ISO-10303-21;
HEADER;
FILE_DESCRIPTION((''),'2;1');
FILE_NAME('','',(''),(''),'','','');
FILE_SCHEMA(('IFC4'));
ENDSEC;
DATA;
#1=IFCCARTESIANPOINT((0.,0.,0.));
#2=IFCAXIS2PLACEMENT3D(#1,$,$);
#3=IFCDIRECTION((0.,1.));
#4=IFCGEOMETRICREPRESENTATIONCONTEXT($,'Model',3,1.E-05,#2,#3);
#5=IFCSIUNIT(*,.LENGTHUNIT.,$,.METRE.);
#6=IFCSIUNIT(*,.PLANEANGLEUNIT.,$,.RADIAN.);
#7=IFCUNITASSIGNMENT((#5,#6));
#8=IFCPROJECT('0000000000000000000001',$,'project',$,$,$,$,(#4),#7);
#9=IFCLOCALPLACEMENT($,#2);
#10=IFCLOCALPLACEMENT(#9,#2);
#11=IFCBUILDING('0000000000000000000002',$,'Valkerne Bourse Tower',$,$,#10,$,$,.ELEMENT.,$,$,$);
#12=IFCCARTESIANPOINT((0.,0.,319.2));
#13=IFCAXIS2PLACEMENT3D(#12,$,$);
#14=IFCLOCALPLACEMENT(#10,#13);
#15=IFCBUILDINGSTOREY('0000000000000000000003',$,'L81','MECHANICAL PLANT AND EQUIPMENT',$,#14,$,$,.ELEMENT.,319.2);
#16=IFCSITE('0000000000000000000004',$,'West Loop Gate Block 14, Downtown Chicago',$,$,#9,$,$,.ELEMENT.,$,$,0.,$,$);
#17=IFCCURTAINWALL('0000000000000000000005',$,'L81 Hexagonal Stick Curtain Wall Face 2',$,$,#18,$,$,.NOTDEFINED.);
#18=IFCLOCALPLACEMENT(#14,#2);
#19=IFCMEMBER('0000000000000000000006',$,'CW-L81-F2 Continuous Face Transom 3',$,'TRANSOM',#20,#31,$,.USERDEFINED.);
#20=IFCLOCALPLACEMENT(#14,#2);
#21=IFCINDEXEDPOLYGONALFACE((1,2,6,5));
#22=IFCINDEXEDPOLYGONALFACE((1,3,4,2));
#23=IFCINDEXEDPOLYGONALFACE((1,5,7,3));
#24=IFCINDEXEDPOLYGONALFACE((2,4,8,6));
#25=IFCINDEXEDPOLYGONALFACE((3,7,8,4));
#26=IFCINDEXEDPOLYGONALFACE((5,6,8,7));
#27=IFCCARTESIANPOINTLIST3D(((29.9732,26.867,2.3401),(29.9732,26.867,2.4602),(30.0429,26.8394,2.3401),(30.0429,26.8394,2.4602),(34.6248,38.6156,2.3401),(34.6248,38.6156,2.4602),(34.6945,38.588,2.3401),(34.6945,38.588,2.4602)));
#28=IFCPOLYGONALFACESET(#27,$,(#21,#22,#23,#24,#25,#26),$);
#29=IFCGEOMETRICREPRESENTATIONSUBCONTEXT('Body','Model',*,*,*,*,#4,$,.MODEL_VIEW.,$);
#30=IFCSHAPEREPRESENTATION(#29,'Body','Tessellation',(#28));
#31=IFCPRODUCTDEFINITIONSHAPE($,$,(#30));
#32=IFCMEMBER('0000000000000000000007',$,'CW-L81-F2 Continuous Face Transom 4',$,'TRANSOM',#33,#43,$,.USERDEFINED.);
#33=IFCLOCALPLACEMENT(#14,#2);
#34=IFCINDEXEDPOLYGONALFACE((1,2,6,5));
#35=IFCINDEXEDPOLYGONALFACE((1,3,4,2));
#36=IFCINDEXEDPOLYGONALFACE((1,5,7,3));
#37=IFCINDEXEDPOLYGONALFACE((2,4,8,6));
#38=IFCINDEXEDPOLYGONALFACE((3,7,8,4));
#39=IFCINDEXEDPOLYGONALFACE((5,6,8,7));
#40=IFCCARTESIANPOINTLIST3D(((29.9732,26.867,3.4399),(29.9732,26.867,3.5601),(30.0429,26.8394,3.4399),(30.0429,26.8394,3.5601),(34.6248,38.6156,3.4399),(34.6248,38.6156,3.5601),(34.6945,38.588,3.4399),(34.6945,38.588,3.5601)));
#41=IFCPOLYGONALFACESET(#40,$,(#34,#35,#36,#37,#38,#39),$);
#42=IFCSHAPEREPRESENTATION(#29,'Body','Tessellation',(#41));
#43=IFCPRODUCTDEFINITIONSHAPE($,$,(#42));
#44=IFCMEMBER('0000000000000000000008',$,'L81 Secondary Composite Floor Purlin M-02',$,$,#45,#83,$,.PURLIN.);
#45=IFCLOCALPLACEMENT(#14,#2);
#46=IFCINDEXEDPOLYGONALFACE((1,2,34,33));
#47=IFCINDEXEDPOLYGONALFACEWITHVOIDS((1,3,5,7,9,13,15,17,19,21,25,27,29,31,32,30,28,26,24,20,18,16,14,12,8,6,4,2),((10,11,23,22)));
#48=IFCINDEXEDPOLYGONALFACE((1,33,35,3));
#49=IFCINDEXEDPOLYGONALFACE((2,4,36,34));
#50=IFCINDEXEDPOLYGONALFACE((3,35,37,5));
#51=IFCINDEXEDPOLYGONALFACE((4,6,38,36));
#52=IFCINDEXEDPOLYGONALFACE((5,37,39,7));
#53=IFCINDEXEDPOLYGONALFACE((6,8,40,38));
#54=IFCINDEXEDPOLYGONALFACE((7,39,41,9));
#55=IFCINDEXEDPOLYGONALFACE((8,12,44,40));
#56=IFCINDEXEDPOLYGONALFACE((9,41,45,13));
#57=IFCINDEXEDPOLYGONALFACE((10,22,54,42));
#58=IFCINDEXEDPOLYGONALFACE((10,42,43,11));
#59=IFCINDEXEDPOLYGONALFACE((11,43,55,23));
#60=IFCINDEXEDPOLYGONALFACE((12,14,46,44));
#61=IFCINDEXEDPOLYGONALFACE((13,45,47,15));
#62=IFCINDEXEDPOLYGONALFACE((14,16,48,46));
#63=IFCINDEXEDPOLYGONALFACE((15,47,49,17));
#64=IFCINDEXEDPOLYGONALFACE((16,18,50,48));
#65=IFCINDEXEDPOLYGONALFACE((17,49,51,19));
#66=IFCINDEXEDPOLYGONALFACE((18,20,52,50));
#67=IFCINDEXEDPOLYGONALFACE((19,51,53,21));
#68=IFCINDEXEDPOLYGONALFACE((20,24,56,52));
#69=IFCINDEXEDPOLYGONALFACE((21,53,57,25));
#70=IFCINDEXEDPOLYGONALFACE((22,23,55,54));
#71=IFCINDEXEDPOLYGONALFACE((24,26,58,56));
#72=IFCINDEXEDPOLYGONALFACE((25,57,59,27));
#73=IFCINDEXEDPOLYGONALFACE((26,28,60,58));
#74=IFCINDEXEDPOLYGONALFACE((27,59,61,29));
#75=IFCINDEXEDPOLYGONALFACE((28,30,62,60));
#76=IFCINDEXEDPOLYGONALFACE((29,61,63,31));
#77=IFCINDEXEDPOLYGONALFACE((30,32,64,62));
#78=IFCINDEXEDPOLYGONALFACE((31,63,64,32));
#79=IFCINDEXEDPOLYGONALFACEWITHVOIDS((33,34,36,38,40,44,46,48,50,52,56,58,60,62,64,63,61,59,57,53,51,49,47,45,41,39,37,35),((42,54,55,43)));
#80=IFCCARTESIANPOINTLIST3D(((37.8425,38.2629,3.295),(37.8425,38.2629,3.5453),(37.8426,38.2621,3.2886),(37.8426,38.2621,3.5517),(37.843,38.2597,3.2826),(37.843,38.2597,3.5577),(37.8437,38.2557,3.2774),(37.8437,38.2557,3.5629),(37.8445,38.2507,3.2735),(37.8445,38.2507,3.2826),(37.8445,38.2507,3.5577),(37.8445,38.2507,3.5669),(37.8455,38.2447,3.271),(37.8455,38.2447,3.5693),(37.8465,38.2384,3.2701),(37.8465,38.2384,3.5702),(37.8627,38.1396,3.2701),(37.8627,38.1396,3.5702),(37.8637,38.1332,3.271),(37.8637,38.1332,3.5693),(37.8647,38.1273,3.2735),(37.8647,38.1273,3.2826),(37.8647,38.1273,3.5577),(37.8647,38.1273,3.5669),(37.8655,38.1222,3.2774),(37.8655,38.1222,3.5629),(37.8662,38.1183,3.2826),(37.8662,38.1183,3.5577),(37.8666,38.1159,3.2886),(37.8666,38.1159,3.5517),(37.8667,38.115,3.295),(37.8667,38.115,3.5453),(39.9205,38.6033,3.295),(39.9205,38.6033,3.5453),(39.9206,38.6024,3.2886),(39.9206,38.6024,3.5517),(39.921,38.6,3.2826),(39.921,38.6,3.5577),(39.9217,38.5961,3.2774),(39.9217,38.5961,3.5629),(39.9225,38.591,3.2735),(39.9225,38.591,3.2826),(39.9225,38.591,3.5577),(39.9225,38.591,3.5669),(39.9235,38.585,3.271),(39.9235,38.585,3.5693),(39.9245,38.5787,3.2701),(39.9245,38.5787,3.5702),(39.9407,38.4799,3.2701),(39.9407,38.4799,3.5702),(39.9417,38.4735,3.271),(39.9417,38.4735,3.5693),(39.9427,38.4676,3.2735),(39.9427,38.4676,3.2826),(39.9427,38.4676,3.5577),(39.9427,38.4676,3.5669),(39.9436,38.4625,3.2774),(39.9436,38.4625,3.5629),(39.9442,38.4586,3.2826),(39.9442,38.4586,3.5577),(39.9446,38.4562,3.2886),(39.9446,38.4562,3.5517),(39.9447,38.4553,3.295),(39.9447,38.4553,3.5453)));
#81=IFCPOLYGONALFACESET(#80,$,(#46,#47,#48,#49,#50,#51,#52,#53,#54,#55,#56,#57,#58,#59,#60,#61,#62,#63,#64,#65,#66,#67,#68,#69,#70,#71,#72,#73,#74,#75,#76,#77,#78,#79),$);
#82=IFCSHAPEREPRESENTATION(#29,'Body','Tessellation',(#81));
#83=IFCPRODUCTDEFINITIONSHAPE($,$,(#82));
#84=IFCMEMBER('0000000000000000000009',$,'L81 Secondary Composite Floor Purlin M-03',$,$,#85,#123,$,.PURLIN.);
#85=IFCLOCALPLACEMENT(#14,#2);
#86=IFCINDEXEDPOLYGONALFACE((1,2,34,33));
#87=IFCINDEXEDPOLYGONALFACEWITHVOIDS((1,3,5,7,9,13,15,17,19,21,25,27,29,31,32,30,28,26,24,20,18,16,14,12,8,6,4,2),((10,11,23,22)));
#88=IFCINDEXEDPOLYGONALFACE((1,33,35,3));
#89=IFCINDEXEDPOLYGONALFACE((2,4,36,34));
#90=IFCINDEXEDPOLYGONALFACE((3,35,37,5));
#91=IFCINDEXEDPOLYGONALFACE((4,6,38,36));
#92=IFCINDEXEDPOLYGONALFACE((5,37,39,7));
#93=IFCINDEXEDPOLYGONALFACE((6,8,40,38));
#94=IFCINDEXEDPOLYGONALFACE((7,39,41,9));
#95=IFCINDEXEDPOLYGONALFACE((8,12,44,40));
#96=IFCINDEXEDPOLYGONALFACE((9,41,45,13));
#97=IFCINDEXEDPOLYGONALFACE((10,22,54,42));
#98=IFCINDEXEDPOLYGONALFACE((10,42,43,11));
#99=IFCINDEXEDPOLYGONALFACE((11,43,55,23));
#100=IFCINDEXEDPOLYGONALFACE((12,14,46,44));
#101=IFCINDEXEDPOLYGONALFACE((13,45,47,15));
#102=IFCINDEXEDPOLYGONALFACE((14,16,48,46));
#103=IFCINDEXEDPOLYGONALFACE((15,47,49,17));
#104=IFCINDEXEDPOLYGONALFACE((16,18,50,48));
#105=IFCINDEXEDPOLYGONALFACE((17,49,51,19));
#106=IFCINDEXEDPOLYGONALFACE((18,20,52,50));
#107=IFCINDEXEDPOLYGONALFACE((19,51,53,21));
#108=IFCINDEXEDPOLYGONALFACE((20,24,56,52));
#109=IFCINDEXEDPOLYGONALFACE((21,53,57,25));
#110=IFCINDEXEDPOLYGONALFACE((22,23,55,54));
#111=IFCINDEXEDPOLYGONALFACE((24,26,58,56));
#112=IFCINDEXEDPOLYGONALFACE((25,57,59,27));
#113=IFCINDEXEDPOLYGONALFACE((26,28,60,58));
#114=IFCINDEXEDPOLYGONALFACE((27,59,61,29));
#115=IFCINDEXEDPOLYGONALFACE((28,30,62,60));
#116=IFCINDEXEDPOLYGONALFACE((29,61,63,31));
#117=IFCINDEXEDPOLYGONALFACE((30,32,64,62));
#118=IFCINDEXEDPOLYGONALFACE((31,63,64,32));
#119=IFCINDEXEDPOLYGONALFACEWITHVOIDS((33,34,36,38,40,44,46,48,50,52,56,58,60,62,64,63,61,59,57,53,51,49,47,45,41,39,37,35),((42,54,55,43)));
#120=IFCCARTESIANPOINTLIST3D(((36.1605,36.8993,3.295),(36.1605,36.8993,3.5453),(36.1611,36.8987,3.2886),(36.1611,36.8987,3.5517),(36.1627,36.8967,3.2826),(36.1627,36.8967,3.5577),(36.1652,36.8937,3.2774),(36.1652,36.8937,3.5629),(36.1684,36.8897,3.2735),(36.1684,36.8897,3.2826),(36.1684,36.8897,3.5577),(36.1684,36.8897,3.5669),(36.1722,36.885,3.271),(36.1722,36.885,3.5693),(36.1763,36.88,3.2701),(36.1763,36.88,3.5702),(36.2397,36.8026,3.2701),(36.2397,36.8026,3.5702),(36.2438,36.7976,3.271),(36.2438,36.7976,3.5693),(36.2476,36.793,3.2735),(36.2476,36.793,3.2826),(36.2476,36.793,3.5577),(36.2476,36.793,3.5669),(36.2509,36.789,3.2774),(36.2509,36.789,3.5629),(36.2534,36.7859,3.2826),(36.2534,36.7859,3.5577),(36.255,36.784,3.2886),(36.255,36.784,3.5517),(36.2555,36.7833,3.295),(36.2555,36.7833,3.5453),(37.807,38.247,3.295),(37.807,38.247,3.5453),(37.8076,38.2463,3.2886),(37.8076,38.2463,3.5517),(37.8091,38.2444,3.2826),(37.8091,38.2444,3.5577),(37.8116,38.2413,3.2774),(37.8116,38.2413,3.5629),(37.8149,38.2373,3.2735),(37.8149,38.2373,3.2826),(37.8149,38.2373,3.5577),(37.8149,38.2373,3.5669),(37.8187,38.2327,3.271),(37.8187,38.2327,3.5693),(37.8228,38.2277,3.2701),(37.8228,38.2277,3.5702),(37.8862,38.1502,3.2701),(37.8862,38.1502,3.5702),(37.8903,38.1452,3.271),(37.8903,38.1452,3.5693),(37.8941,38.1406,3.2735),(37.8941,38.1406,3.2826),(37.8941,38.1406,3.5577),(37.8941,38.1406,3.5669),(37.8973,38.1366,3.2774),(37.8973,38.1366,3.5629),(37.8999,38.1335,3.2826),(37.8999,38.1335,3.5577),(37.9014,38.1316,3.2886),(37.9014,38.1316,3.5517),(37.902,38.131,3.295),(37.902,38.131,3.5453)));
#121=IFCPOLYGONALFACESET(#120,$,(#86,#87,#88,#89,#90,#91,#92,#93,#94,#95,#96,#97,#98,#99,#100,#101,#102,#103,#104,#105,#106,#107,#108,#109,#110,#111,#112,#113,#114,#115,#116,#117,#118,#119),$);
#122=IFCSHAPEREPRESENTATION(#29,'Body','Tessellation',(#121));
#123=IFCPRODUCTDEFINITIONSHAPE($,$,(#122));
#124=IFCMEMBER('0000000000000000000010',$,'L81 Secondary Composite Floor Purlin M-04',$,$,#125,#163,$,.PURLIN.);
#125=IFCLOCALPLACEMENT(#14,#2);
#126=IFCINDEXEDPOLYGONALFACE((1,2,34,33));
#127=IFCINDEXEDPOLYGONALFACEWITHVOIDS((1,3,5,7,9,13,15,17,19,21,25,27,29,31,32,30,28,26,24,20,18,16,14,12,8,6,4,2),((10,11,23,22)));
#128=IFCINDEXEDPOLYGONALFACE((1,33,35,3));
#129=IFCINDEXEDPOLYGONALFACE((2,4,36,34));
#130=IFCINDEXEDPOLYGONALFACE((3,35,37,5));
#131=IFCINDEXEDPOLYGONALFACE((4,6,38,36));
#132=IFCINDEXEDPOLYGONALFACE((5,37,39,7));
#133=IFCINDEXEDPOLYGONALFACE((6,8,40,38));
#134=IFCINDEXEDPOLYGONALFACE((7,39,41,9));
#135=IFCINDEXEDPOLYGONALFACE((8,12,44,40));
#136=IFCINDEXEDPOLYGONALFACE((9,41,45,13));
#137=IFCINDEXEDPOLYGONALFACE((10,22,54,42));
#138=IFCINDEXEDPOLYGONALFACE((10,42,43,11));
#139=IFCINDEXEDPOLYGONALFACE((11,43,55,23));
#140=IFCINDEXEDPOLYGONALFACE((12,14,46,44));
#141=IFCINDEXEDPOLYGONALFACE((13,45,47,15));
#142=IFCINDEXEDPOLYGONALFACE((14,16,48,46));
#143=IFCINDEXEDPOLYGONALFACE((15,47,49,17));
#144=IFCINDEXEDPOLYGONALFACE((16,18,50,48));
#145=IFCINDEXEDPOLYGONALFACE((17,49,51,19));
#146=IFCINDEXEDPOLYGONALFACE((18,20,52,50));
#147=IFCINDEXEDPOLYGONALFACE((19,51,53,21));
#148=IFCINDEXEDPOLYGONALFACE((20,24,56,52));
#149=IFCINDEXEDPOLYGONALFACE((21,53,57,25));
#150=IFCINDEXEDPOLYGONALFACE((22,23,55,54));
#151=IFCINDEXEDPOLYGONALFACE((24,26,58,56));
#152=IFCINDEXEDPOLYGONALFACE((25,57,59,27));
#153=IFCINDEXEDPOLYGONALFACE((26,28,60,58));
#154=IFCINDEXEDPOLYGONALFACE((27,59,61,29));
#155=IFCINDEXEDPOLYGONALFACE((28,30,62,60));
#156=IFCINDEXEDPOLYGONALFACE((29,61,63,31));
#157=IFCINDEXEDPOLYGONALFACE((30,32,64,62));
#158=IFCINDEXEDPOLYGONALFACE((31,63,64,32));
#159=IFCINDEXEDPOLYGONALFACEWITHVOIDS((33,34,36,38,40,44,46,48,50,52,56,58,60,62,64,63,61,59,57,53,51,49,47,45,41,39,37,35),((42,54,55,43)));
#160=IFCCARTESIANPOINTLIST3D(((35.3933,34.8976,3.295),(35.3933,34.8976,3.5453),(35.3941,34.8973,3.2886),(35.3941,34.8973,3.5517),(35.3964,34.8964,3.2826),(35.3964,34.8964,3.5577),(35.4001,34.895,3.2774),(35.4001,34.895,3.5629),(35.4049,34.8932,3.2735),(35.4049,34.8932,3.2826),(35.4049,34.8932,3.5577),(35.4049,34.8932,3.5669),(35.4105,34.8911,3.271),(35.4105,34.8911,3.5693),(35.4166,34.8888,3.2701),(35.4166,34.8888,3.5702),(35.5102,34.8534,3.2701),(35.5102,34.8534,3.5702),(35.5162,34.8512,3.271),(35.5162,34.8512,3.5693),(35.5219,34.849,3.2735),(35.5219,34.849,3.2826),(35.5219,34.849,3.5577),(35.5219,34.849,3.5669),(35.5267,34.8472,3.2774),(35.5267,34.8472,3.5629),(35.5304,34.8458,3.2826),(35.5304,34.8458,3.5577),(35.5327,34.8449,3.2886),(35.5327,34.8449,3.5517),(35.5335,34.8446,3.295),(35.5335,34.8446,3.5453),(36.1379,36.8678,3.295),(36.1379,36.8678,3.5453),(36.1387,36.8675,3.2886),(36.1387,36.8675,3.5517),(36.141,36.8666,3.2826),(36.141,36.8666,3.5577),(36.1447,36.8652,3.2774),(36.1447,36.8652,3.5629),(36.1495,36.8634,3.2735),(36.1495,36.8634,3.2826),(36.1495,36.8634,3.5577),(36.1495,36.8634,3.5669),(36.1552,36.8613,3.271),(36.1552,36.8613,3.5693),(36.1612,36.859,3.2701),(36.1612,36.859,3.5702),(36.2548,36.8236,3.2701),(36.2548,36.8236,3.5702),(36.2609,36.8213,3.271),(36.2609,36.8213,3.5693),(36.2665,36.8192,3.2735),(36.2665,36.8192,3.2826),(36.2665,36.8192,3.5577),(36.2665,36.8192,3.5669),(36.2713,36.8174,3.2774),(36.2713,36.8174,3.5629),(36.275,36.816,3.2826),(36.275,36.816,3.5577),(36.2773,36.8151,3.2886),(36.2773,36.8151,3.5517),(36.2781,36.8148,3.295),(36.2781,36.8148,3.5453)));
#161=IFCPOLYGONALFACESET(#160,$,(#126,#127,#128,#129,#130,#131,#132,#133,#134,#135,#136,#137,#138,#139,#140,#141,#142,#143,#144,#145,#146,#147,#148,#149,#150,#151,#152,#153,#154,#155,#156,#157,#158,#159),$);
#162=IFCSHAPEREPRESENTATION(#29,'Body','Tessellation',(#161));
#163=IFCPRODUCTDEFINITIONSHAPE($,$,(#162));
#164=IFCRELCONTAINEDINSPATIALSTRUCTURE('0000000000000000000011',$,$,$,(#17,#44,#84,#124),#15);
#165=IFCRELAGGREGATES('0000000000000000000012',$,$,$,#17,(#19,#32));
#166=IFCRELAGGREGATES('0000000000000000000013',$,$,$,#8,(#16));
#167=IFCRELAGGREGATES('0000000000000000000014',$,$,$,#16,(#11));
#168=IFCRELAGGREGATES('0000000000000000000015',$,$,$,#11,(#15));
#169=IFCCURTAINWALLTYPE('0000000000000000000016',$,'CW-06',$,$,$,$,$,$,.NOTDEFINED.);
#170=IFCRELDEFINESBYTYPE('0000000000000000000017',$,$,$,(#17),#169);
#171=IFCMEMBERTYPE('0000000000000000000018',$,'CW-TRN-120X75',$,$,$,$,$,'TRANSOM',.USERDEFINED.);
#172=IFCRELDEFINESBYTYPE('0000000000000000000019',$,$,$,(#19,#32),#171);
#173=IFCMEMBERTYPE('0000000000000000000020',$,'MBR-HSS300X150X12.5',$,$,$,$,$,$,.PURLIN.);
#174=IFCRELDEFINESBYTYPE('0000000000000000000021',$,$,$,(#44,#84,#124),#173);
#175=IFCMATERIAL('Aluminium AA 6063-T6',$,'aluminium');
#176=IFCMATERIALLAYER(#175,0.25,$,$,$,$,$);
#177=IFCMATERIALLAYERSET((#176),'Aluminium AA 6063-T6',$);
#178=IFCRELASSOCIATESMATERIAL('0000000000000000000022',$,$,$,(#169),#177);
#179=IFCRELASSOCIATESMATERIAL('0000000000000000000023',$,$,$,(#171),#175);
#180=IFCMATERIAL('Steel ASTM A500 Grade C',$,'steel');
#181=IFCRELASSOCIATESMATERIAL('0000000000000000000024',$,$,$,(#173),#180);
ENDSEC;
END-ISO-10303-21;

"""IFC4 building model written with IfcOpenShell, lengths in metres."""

from ifc_helpers import new_model, si_unit, direction, frame, origin, origin_2d, place, context, subcontext, project, spatial, rectangle, hollow_rectangle, extrude, material, layer, layer_set, material_profile, profile_set, type_object, element, aggregate, save


model = new_model("IFC4")

# Units and contexts
model_context = context("Model", 3, precision=1e-05, world=origin(), true_north=direction((0.0, 1.0)))
body_context = subcontext(model_context, "Body", "Model", "MODEL_VIEW")
ifc_project = project(units=[si_unit("LENGTHUNIT", "METRE"), si_unit("PLANEANGLEUNIT", "RADIAN")], contexts=[model_context])

# Site, building, storey
site_placement = place(None, origin())
site = spatial("IfcSite", under=ifc_project, at=site_placement, Name="West Loop Gate Block 14, Downtown Chicago", CompositionType="ELEMENT", RefElevation=0.0)
building_placement = place(site_placement, origin())
building = spatial("IfcBuilding", under=site, at=building_placement, Name="Valkerne Bourse Tower", CompositionType="ELEMENT")
storey_placement = place(building_placement, frame((0.0, 0.0, 319.2)))
storey = spatial("IfcBuildingStorey", under=building, at=storey_placement, Name="L81", Description="MECHANICAL PLANT AND EQUIPMENT", CompositionType="ELEMENT", Elevation=319.2)

# Shared definitions
ifc_material_1 = material(Name="Steel ASTM A500 Grade C", Category="steel")

# Curtain wall, members
ifc_material_2 = material(Name="Aluminium AA 6063-T6", Category="aluminium")
ifc_layer_1 = layer(ifc_material_2, 0.25)
ifc_layer_set_1 = layer_set([ifc_layer_1], Name="Aluminium AA 6063-T6")
curtain_wall_type = type_object("IfcCurtainWallType", Name="CW-06", PredefinedType="NOTDEFINED", material=ifc_layer_set_1)
curtain_wall_1_placement = place(storey_placement, origin())
curtain_wall_1 = element("IfcCurtainWall", 1, at=curtain_wall_1_placement, inside=storey, type_object=curtain_wall_type, Name="L81 Hexagonal Stick Curtain Wall Face 2", PredefinedType="NOTDEFINED")
ifc_material_profile_1 = material_profile(ifc_material_2, rectangle(XDim=0.075, YDim=0.1201, at=origin_2d()), Name="CWT-75X120")
ifc_profile_set_1 = profile_set([ifc_material_profile_1], Name="Aluminium AA 6063-T6")
member_type_1 = type_object("IfcMemberType", Name="CW-TRN-120X75", ElementType="TRANSOM", PredefinedType="USERDEFINED", material=ifc_profile_set_1)
member_1_placement = place(storey_placement, frame((34.6597, 38.6018, 2.4001), z_axis=(-0.368127, -0.929775, 0.0), x_axis=(0.929775, -0.368127, 0.0)))
member_1 = element("IfcMember", 2, at=member_1_placement, type_object=member_type_1, Name="CW-L81-F2 Continuous Face Transom 3", ObjectType="TRANSOM", PredefinedType="USERDEFINED", context=body_context, shape_type="SweptSolid", body=[
    extrude(rectangle(XDim=0.075, YDim=0.1201, at=origin_2d()), origin(), (0.0, 0.0, 1.0), 12.636),
])
member_2_placement = place(storey_placement, frame((34.6597, 38.6018, 3.5), z_axis=(-0.368127, -0.929775, 0.0), x_axis=(0.929775, -0.368127, 0.0)))
member_2 = element("IfcMember", 3, at=member_2_placement, type_object=member_type_1, Name="CW-L81-F2 Continuous Face Transom 4", ObjectType="TRANSOM", PredefinedType="USERDEFINED", context=body_context, shape_type="SweptSolid", body=[
    extrude(rectangle(XDim=0.075, YDim=0.1201, at=origin_2d()), origin(), (0.0, 0.0, 1.0), 12.636),
])
aggregate(curtain_wall_1, [member_1, member_2])

# Members
ifc_material_profile_2 = material_profile(ifc_material_1, hollow_rectangle(XDim=0.1499, YDim=0.3, WallThickness=0.0125, OuterFilletRadius=0.0249, at=origin_2d()), Name="HSS300X150X12.5")
ifc_profile_set_2 = profile_set([ifc_material_profile_2], Name="Steel ASTM A500 Grade C")
member_type_2 = type_object("IfcMemberType", Name="MBR-HSS300X150X12.5", PredefinedType="PURLIN", material=ifc_profile_set_2)
member_3_placement = place(storey_placement, frame((39.9326, 38.5293, 3.4202), z_axis=(-0.986854, -0.161616, 0.0), x_axis=(0.161616, -0.986854, 0.0)))
element("IfcMember", 4, at=member_3_placement, inside=storey, type_object=member_type_2, Name="L81 Secondary Composite Floor Purlin M-02", PredefinedType="PURLIN", context=body_context, shape_type="SweptSolid", body=[
    extrude(hollow_rectangle(XDim=0.1499, YDim=0.3, WallThickness=0.0125, OuterFilletRadius=0.0249, at=origin_2d()), origin(), (0.0, 0.0, 1.0), 2.1057),
])
member_4_placement = place(storey_placement, frame((37.8545, 38.189, 3.4202), z_axis=(-0.773835, -0.633388, 0.0), x_axis=(0.633388, -0.773835, 0.0)))
element("IfcMember", 5, at=member_4_placement, inside=storey, type_object=member_type_2, Name="L81 Secondary Composite Floor Purlin M-03", PredefinedType="PURLIN", context=body_context, shape_type="SweptSolid", body=[
    extrude(hollow_rectangle(XDim=0.1499, YDim=0.3, WallThickness=0.0125, OuterFilletRadius=0.0249, at=origin_2d()), origin(), (0.0, 0.0, 1.0), 2.1277),
])
member_5_placement = place(storey_placement, frame((36.208, 36.8413, 3.4202), z_axis=(-0.353536, -0.935421, 0.0), x_axis=(0.935421, -0.353536, 0.0)))
element("IfcMember", 6, at=member_5_placement, inside=storey, type_object=member_type_2, Name="L81 Secondary Composite Floor Purlin M-04", PredefinedType="PURLIN", context=body_context, shape_type="SweptSolid", body=[
    extrude(hollow_rectangle(XDim=0.1499, YDim=0.3, WallThickness=0.0125, OuterFilletRadius=0.0249, at=origin_2d()), origin(), (0.0, 0.0, 1.0), 2.1062),
])

save(model, "model.ifc")
